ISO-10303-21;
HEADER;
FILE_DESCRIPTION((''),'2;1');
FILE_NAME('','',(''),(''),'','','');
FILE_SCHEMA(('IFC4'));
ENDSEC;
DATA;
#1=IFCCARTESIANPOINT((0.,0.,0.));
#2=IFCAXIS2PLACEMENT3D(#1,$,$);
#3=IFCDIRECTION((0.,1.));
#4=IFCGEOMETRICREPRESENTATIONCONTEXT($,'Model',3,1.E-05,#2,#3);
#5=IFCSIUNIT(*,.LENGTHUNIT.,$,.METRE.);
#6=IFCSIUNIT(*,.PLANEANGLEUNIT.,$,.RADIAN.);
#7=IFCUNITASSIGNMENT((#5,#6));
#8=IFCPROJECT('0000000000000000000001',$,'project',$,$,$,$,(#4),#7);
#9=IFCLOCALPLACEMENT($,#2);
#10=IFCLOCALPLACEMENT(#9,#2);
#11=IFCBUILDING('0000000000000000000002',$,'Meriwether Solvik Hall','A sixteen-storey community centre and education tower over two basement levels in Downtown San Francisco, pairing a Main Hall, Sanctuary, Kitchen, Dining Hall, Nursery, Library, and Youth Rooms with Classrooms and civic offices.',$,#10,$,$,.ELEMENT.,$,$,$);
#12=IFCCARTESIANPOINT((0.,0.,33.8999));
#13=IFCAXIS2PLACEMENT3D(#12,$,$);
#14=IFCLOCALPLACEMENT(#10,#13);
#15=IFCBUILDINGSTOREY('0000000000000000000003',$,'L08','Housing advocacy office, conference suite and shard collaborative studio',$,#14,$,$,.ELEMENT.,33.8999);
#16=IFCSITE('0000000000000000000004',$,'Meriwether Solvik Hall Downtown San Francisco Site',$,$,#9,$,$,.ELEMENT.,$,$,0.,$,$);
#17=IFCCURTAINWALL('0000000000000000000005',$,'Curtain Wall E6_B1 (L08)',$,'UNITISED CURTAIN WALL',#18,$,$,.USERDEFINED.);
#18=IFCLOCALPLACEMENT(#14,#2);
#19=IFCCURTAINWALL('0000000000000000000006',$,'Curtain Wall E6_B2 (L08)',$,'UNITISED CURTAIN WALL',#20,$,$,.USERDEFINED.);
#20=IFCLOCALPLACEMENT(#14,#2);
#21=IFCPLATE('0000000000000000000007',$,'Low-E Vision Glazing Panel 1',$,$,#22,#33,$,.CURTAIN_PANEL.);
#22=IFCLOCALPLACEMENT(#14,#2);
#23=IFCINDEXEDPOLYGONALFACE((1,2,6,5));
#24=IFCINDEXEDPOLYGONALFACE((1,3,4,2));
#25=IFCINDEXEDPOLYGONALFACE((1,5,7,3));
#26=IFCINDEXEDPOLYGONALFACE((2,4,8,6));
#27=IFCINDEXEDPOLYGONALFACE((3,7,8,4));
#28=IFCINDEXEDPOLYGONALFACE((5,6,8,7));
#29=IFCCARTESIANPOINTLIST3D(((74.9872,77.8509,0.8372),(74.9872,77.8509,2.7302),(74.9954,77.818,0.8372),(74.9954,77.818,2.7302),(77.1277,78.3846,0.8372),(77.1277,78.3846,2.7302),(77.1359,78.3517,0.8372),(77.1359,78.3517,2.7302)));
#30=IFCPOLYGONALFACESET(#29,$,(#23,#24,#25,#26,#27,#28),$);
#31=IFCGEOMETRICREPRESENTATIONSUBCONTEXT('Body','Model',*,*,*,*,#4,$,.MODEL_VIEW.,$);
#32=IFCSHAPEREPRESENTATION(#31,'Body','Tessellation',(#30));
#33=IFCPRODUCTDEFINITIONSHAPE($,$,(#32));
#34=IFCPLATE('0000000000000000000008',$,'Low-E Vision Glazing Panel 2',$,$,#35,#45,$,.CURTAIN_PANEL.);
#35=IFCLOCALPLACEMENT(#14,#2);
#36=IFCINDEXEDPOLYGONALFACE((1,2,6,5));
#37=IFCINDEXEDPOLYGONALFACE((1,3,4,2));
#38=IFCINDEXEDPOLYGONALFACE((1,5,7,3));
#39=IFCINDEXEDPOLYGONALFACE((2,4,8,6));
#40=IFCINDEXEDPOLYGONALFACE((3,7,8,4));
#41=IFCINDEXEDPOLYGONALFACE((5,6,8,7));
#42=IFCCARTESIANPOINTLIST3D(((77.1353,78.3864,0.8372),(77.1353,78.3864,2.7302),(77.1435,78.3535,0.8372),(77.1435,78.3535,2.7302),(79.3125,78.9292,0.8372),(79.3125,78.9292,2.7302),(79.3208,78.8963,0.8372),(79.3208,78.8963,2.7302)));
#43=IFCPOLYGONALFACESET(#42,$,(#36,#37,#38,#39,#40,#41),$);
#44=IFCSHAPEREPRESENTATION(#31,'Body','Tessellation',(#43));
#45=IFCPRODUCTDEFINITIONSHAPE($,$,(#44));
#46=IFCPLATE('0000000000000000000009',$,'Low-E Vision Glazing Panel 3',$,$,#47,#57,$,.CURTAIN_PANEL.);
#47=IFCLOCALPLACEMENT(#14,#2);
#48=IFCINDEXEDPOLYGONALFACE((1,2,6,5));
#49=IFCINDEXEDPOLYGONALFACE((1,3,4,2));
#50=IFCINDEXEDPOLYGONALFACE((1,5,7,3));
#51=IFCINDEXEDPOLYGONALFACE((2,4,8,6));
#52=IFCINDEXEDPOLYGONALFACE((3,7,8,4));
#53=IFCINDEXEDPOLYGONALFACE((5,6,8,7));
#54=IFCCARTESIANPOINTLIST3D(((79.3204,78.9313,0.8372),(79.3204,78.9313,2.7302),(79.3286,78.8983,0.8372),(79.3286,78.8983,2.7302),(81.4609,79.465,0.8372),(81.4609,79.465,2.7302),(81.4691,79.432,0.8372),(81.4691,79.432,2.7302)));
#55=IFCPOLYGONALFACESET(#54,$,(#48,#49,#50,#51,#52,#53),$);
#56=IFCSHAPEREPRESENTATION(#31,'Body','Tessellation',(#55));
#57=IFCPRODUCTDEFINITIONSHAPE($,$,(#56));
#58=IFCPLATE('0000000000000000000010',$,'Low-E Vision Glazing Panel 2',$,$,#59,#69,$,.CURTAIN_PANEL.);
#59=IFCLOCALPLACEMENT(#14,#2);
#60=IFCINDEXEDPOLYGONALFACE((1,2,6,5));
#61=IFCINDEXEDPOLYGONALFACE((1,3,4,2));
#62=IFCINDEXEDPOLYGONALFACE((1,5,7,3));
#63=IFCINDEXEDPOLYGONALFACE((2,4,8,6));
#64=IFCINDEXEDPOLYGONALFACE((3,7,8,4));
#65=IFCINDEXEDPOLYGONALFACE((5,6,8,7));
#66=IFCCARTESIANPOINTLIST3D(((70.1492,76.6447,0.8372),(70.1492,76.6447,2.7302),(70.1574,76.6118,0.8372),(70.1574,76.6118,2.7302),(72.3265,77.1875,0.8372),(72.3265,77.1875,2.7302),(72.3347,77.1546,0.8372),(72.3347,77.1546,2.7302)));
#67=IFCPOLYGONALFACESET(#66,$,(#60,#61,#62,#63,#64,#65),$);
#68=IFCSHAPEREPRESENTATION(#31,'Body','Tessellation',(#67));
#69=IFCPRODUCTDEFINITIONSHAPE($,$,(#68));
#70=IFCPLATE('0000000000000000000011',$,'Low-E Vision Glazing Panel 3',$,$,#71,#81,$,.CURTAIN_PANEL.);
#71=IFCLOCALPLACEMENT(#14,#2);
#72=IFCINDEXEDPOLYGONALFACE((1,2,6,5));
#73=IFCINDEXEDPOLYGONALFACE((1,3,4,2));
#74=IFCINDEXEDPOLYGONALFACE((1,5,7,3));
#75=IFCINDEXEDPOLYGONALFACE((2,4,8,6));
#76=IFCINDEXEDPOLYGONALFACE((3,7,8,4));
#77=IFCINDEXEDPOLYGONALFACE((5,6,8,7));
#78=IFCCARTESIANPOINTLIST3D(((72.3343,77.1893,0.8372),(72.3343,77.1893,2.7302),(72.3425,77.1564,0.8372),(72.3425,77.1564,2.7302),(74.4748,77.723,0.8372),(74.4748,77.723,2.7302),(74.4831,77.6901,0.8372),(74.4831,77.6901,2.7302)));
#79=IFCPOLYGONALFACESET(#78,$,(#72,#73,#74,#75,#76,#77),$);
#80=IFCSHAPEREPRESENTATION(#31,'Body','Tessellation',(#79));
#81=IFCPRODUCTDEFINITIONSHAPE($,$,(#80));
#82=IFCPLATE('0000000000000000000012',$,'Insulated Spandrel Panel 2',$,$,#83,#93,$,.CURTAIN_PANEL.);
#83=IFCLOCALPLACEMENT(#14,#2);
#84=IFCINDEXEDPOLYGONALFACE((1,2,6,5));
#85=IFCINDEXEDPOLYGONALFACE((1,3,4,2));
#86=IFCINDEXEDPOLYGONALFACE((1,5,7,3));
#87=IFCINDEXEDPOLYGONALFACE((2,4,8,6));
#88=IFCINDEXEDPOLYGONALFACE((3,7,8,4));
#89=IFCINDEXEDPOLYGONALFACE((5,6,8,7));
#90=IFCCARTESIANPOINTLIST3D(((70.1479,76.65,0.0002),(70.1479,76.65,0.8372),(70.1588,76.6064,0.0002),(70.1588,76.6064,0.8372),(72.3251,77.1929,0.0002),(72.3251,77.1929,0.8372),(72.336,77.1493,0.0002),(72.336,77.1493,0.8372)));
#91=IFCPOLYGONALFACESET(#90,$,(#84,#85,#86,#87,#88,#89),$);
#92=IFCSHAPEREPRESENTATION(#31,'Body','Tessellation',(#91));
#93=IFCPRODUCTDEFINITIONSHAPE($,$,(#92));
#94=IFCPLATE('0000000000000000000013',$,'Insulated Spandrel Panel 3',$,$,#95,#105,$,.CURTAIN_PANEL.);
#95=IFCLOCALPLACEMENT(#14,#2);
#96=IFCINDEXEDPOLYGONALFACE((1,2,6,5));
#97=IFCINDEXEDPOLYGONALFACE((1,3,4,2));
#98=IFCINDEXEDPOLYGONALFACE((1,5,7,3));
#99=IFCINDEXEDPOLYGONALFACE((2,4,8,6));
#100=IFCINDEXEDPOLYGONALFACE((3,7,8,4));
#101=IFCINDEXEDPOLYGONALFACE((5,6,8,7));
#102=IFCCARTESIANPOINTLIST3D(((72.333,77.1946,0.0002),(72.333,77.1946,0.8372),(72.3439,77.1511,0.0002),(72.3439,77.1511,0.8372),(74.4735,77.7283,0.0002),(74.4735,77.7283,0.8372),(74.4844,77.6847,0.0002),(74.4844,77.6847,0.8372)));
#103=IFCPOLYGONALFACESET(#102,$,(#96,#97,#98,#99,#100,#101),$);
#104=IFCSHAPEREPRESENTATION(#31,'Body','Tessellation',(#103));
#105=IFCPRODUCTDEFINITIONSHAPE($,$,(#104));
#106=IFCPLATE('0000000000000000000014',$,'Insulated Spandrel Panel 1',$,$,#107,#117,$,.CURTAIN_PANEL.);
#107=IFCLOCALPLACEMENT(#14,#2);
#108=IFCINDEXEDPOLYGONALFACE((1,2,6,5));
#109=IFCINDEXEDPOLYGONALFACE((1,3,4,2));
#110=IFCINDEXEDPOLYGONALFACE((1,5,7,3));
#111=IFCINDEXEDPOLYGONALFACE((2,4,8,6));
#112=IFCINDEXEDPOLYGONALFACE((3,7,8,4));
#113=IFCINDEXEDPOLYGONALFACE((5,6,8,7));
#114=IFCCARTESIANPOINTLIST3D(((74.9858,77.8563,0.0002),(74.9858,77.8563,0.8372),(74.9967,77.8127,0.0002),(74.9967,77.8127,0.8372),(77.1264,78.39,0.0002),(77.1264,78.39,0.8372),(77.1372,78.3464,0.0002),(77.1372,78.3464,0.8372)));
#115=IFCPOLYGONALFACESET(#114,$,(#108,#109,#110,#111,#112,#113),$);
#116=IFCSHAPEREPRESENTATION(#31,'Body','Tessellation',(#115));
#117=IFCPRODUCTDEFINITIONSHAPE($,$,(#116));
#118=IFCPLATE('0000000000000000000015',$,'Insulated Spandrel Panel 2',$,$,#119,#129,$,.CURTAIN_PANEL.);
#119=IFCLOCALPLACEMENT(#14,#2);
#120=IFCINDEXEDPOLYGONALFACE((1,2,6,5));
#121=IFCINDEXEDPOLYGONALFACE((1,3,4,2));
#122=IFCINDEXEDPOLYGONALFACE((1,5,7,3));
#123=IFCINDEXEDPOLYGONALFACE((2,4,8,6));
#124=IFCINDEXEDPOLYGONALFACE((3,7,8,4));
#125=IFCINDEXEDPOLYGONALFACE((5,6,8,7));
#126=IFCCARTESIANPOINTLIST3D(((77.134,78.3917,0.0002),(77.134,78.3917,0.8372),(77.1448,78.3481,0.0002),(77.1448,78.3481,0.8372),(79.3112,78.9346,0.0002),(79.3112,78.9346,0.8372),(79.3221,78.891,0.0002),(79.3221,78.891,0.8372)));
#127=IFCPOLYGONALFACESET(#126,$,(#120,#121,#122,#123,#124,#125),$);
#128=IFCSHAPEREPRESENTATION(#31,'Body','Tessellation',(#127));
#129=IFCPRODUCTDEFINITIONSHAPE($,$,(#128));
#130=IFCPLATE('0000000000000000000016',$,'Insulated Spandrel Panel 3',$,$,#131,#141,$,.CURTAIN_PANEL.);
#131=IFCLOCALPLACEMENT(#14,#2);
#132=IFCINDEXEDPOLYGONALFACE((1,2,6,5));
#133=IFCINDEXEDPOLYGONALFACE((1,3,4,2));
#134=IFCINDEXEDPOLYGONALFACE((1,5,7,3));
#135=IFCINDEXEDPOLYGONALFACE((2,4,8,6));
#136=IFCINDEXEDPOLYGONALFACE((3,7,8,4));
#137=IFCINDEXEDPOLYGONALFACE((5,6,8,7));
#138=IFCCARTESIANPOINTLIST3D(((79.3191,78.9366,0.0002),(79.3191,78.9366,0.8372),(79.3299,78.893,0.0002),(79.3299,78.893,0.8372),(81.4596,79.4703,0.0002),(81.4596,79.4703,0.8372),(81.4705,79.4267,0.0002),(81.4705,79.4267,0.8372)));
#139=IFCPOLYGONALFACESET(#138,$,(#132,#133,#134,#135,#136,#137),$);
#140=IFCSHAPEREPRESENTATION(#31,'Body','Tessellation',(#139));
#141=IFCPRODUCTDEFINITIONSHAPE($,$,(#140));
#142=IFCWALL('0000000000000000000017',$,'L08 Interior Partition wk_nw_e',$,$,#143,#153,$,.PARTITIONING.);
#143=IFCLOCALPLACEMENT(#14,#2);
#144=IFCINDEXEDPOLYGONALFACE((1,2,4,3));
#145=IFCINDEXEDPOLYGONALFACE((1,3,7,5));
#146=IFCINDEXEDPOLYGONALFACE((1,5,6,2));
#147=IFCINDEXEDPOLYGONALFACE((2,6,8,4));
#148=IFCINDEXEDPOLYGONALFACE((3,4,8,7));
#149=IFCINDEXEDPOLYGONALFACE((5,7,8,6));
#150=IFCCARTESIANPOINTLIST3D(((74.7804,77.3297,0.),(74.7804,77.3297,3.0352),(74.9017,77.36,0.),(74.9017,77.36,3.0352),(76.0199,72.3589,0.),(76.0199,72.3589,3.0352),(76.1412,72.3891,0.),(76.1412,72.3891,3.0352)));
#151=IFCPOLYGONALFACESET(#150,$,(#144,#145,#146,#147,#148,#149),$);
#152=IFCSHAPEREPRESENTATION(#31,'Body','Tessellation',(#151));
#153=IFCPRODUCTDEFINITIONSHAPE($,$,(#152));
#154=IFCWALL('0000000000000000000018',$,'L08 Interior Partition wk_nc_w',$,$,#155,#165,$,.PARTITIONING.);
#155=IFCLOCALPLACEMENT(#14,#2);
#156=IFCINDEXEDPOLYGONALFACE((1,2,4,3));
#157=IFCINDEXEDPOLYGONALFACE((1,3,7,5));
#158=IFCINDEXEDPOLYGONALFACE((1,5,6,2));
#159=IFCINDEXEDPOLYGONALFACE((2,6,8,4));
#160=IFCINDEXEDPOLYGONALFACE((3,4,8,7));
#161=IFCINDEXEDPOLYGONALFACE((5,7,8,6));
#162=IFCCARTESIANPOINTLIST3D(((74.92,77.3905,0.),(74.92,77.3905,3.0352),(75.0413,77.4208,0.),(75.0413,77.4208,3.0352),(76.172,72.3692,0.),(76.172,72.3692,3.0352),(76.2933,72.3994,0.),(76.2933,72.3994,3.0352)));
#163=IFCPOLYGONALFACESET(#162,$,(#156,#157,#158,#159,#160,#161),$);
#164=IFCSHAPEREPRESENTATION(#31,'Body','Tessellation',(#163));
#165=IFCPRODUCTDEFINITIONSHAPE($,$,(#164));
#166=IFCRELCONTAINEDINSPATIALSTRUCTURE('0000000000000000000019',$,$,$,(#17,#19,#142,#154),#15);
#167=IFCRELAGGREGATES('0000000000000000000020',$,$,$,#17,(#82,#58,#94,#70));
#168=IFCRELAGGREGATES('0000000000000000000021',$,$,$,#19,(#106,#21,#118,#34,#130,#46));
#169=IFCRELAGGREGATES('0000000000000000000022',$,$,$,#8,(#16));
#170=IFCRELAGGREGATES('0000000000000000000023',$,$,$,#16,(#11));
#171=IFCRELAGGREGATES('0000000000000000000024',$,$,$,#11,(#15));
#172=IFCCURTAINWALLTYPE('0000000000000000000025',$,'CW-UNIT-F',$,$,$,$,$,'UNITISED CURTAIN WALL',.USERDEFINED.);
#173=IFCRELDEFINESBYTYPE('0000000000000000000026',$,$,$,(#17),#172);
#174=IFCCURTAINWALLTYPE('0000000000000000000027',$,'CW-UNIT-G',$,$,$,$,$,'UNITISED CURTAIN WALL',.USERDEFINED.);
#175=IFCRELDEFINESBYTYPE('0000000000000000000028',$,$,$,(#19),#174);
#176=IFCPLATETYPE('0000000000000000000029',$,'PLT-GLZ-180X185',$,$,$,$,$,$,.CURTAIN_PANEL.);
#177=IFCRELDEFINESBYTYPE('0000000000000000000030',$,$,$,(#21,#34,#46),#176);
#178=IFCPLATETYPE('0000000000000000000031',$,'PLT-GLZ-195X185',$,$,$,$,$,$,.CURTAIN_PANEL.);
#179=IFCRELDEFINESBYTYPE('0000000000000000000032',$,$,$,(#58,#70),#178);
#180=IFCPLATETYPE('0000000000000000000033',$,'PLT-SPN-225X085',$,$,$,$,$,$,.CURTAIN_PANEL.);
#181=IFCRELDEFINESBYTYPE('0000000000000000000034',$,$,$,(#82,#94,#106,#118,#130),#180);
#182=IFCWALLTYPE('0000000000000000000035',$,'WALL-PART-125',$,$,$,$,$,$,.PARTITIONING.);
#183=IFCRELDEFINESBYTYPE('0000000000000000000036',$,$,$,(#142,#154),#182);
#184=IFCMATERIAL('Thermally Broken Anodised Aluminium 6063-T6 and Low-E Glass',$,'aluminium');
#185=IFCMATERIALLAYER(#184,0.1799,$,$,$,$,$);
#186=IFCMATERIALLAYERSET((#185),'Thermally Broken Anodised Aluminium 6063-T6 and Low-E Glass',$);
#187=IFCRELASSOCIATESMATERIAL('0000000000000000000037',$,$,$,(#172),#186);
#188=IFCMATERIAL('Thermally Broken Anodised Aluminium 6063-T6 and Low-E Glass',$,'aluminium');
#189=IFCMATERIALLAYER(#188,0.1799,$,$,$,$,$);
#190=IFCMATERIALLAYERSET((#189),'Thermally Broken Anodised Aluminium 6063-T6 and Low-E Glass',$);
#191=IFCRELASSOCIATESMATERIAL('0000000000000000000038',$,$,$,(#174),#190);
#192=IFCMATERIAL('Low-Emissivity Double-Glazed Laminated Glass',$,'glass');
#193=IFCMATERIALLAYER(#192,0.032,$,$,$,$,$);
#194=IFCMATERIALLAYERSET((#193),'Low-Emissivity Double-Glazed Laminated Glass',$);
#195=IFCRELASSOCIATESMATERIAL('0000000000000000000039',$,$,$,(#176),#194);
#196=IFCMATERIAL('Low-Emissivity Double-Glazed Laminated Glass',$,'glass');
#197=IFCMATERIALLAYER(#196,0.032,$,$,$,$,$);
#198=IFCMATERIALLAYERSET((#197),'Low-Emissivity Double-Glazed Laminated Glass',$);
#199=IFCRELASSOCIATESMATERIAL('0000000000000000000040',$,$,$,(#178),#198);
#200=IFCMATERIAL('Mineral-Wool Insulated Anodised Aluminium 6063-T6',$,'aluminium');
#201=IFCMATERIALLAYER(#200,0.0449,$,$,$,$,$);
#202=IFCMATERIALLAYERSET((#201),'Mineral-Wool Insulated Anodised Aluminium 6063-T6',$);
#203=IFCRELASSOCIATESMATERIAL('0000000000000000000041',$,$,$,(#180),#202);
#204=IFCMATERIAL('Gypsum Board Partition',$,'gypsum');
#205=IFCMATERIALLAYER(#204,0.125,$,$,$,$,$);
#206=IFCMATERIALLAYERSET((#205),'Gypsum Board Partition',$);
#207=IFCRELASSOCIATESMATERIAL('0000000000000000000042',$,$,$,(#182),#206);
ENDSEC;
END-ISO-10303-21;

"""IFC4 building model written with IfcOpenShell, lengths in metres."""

from ifc_helpers import new_model, si_unit, direction, frame, frame_2d, origin, origin_2d, place, context, subcontext, project, spatial, rectangle, extrude, material, layer, layer_set, type_object, element, aggregate, save


model = new_model("IFC4")

# Units and contexts
model_context = context("Model", 3, precision=1e-05, world=origin(), true_north=direction((0.0, 1.0)))
body_context = subcontext(model_context, "Body", "Model", "MODEL_VIEW")
ifc_project = project(units=[si_unit("LENGTHUNIT", "METRE"), si_unit("PLANEANGLEUNIT", "RADIAN")], contexts=[model_context])

# Site, building, storey
site_placement = place(None, origin())
site = spatial("IfcSite", under=ifc_project, at=site_placement, Name="Meriwether Solvik Hall Downtown San Francisco Site", CompositionType="ELEMENT", RefElevation=0.0)
building_placement = place(site_placement, origin())
building = spatial("IfcBuilding", under=site, at=building_placement, Name="Meriwether Solvik Hall", Description="A sixteen-storey community centre and education tower over two basement levels in Downtown San Francisco, pairing a Main Hall, Sanctuary, Kitchen, Dining Hall, Nursery, Library, and Youth Rooms with Classrooms and civic offices.", CompositionType="ELEMENT")
storey_placement = place(building_placement, frame((0.0, 0.0, 33.8999)))
storey = spatial("IfcBuildingStorey", under=building, at=storey_placement, Name="L08", Description="Housing advocacy office, conference suite and shard collaborative studio", CompositionType="ELEMENT", Elevation=33.8999)

# Curtain walls
ifc_material_1 = material(Name="Thermally Broken Anodised Aluminium 6063-T6 and Low-E Glass", Category="aluminium")
ifc_layer_1 = layer(ifc_material_1, 0.1799)
ifc_layer_set_1 = layer_set([ifc_layer_1], Name="Thermally Broken Anodised Aluminium 6063-T6 and Low-E Glass")
curtain_wall_type_1 = type_object("IfcCurtainWallType", Name="CW-UNIT-F", ElementType="UNITISED CURTAIN WALL", PredefinedType="USERDEFINED", material=ifc_layer_set_1)
curtain_wall_1_placement = place(storey_placement, origin())
curtain_wall_1 = element("IfcCurtainWall", 1, at=curtain_wall_1_placement, inside=storey, type_object=curtain_wall_type_1, Name="Curtain Wall E6_B1 (L08)", ObjectType="UNITISED CURTAIN WALL", PredefinedType="USERDEFINED")
ifc_material_2 = material(Name="Thermally Broken Anodised Aluminium 6063-T6 and Low-E Glass", Category="aluminium")
ifc_layer_2 = layer(ifc_material_2, 0.1799)
ifc_layer_set_2 = layer_set([ifc_layer_2], Name="Thermally Broken Anodised Aluminium 6063-T6 and Low-E Glass")
curtain_wall_type_2 = type_object("IfcCurtainWallType", Name="CW-UNIT-G", ElementType="UNITISED CURTAIN WALL", PredefinedType="USERDEFINED", material=ifc_layer_set_2)
curtain_wall_2_placement = place(storey_placement, origin())
curtain_wall_2 = element("IfcCurtainWall", 2, at=curtain_wall_2_placement, inside=storey, type_object=curtain_wall_type_2, Name="Curtain Wall E6_B2 (L08)", ObjectType="UNITISED CURTAIN WALL", PredefinedType="USERDEFINED")

# Plates
ifc_material_3 = material(Name="Low-Emissivity Double-Glazed Laminated Glass", Category="glass")
ifc_layer_3 = layer(ifc_material_3, 0.032)
ifc_layer_set_3 = layer_set([ifc_layer_3], Name="Low-Emissivity Double-Glazed Laminated Glass")
plate_type_1 = type_object("IfcPlateType", Name="PLT-GLZ-180X185", PredefinedType="CURTAIN_PANEL", material=ifc_layer_set_3)
plate_1_placement = place(storey_placement, frame((76.0615, 78.1013, 0.8372), z_axis=(0.0, 0.0, 1.0), x_axis=(0.970296, 0.241922, 0.0)))
plate_1 = element("IfcPlate", 3, at=plate_1_placement, type_object=plate_type_1, Name="Low-E Vision Glazing Panel 1", PredefinedType="CURTAIN_PANEL", context=body_context, shape_type="SweptSolid", body=[
    extrude(rectangle(XDim=2.2061, YDim=0.0339, at=origin_2d()), origin(), (0.0, 0.0, 1.0), 1.8931),
])
plate_2_placement = place(storey_placement, frame((78.228, 78.6414, 0.8372), z_axis=(0.0, 0.0, 1.0), x_axis=(0.970296, 0.241922, 0.0)))
plate_2 = element("IfcPlate", 4, at=plate_2_placement, type_object=plate_type_1, Name="Low-E Vision Glazing Panel 2", PredefinedType="CURTAIN_PANEL", context=body_context, shape_type="SweptSolid", body=[
    extrude(rectangle(XDim=2.2439, YDim=0.0339, at=origin_2d()), origin(), (0.0, 0.0, 1.0), 1.8931),
])
plate_3_placement = place(storey_placement, frame((80.3948, 79.1816, 0.8372), z_axis=(0.0, 0.0, 1.0), x_axis=(0.970296, 0.241922, 0.0)))
plate_3 = element("IfcPlate", 5, at=plate_3_placement, type_object=plate_type_1, Name="Low-E Vision Glazing Panel 3", PredefinedType="CURTAIN_PANEL", context=body_context, shape_type="SweptSolid", body=[
    extrude(rectangle(XDim=2.2061, YDim=0.0339, at=origin_2d()), origin(), (0.0, 0.0, 1.0), 1.8931),
])
ifc_material_4 = material(Name="Low-Emissivity Double-Glazed Laminated Glass", Category="glass")
ifc_layer_4 = layer(ifc_material_4, 0.032)
ifc_layer_set_4 = layer_set([ifc_layer_4], Name="Low-Emissivity Double-Glazed Laminated Glass")
plate_type_2 = type_object("IfcPlateType", Name="PLT-GLZ-195X185", PredefinedType="CURTAIN_PANEL", material=ifc_layer_set_4)
plate_4_placement = place(storey_placement, frame((71.2419, 76.8997, 0.8372), z_axis=(0.0, 0.0, 1.0), x_axis=(0.970296, 0.241922, 0.0)))
plate_4 = element("IfcPlate", 6, at=plate_4_placement, type_object=plate_type_2, Name="Low-E Vision Glazing Panel 2", PredefinedType="CURTAIN_PANEL", context=body_context, shape_type="SweptSolid", body=[
    extrude(rectangle(XDim=2.2439, YDim=0.0339, at=origin_2d()), origin(), (0.0, 0.0, 1.0), 1.8931),
])
plate_5_placement = place(storey_placement, frame((73.4087, 77.4397, 0.8372), z_axis=(0.0, 0.0, 1.0), x_axis=(0.970296, 0.241922, 0.0)))
plate_5 = element("IfcPlate", 7, at=plate_5_placement, type_object=plate_type_2, Name="Low-E Vision Glazing Panel 3", PredefinedType="CURTAIN_PANEL", context=body_context, shape_type="SweptSolid", body=[
    extrude(rectangle(XDim=2.2061, YDim=0.0339, at=origin_2d()), origin(), (0.0, 0.0, 1.0), 1.8931),
])
ifc_material_5 = material(Name="Mineral-Wool Insulated Anodised Aluminium 6063-T6", Category="aluminium")
ifc_layer_5 = layer(ifc_material_5, 0.0449)
ifc_layer_set_5 = layer_set([ifc_layer_5], Name="Mineral-Wool Insulated Anodised Aluminium 6063-T6")
plate_type_3 = type_object("IfcPlateType", Name="PLT-SPN-225X085", PredefinedType="CURTAIN_PANEL", material=ifc_layer_set_5)
plate_6_placement = place(storey_placement, frame((71.2419, 76.8997, 0.0002), z_axis=(0.0, 0.0, 1.0), x_axis=(0.970296, 0.241922, 0.0)))
plate_6 = element("IfcPlate", 8, at=plate_6_placement, type_object=plate_type_3, Name="Insulated Spandrel Panel 2", PredefinedType="CURTAIN_PANEL", context=body_context, shape_type="SweptSolid", body=[
    extrude(rectangle(XDim=2.2439, YDim=0.0449, at=origin_2d()), origin(), (0.0, 0.0, 1.0), 0.8369),
])
plate_7_placement = place(storey_placement, frame((73.4087, 77.4397, 0.0002), z_axis=(0.0, 0.0, 1.0), x_axis=(0.970296, 0.241922, 0.0)))
plate_7 = element("IfcPlate", 9, at=plate_7_placement, type_object=plate_type_3, Name="Insulated Spandrel Panel 3", PredefinedType="CURTAIN_PANEL", context=body_context, shape_type="SweptSolid", body=[
    extrude(rectangle(XDim=2.2061, YDim=0.0449, at=origin_2d()), origin(), (0.0, 0.0, 1.0), 0.8369),
])
aggregate(curtain_wall_1, [plate_6, plate_4, plate_7, plate_5])
plate_8_placement = place(storey_placement, frame((76.0615, 78.1013, 0.0002), z_axis=(0.0, 0.0, 1.0), x_axis=(0.970296, 0.241922, 0.0)))
plate_8 = element("IfcPlate", 10, at=plate_8_placement, type_object=plate_type_3, Name="Insulated Spandrel Panel 1", PredefinedType="CURTAIN_PANEL", context=body_context, shape_type="SweptSolid", body=[
    extrude(rectangle(XDim=2.2061, YDim=0.0449, at=origin_2d()), origin(), (0.0, 0.0, 1.0), 0.8369),
])
plate_9_placement = place(storey_placement, frame((78.228, 78.6414, 0.0002), z_axis=(0.0, 0.0, 1.0), x_axis=(0.970296, 0.241922, 0.0)))
plate_9 = element("IfcPlate", 11, at=plate_9_placement, type_object=plate_type_3, Name="Insulated Spandrel Panel 2", PredefinedType="CURTAIN_PANEL", context=body_context, shape_type="SweptSolid", body=[
    extrude(rectangle(XDim=2.2439, YDim=0.0449, at=origin_2d()), origin(), (0.0, 0.0, 1.0), 0.8369),
])
plate_10_placement = place(storey_placement, frame((80.3948, 79.1816, 0.0002), z_axis=(0.0, 0.0, 1.0), x_axis=(0.970296, 0.241922, 0.0)))
plate_10 = element("IfcPlate", 12, at=plate_10_placement, type_object=plate_type_3, Name="Insulated Spandrel Panel 3", PredefinedType="CURTAIN_PANEL", context=body_context, shape_type="SweptSolid", body=[
    extrude(rectangle(XDim=2.2061, YDim=0.0449, at=origin_2d()), origin(), (0.0, 0.0, 1.0), 0.8369),
])
aggregate(curtain_wall_2, [plate_8, plate_1, plate_9, plate_2, plate_10, plate_3])

# Walls
ifc_material_6 = material(Name="Gypsum Board Partition", Category="gypsum")
ifc_layer_6 = layer(ifc_material_6, 0.125)
ifc_layer_set_6 = layer_set([ifc_layer_6], Name="Gypsum Board Partition")
wall_type = type_object("IfcWallType", Name="WALL-PART-125", PredefinedType="PARTITIONING", material=ifc_layer_set_6)
wall_1_placement = place(storey_placement, frame((76.0806, 72.374, 0.0), z_axis=(0.0, 0.0, 1.0), x_axis=(-0.241941, 0.970291, 0.0)))
element("IfcWall", 13, at=wall_1_placement, inside=storey, type_object=wall_type, Name="L08 Interior Partition wk_nw_e", PredefinedType="PARTITIONING", context=body_context, shape_type="SweptSolid", body=[
    extrude(rectangle(XDim=5.123, YDim=0.125, at=frame_2d((2.5615, 0.0))), origin(), (0.0, 0.0, 1.0), 3.0352),
])
wall_2_placement = place(storey_placement, frame((74.9807, 77.4055, 0.0), z_axis=(0.0, 0.0, 1.0), x_axis=(0.241925, -0.970295, 0.0)))
element("IfcWall", 14, at=wall_2_placement, inside=storey, type_object=wall_type, Name="L08 Interior Partition wk_nc_w", PredefinedType="PARTITIONING", context=body_context, shape_type="SweptSolid", body=[
    extrude(rectangle(XDim=5.175, YDim=0.125, at=frame_2d((2.5874, 0.0))), origin(), (0.0, 0.0, 1.0), 3.0352),
])

save(model, "model.ifc")
